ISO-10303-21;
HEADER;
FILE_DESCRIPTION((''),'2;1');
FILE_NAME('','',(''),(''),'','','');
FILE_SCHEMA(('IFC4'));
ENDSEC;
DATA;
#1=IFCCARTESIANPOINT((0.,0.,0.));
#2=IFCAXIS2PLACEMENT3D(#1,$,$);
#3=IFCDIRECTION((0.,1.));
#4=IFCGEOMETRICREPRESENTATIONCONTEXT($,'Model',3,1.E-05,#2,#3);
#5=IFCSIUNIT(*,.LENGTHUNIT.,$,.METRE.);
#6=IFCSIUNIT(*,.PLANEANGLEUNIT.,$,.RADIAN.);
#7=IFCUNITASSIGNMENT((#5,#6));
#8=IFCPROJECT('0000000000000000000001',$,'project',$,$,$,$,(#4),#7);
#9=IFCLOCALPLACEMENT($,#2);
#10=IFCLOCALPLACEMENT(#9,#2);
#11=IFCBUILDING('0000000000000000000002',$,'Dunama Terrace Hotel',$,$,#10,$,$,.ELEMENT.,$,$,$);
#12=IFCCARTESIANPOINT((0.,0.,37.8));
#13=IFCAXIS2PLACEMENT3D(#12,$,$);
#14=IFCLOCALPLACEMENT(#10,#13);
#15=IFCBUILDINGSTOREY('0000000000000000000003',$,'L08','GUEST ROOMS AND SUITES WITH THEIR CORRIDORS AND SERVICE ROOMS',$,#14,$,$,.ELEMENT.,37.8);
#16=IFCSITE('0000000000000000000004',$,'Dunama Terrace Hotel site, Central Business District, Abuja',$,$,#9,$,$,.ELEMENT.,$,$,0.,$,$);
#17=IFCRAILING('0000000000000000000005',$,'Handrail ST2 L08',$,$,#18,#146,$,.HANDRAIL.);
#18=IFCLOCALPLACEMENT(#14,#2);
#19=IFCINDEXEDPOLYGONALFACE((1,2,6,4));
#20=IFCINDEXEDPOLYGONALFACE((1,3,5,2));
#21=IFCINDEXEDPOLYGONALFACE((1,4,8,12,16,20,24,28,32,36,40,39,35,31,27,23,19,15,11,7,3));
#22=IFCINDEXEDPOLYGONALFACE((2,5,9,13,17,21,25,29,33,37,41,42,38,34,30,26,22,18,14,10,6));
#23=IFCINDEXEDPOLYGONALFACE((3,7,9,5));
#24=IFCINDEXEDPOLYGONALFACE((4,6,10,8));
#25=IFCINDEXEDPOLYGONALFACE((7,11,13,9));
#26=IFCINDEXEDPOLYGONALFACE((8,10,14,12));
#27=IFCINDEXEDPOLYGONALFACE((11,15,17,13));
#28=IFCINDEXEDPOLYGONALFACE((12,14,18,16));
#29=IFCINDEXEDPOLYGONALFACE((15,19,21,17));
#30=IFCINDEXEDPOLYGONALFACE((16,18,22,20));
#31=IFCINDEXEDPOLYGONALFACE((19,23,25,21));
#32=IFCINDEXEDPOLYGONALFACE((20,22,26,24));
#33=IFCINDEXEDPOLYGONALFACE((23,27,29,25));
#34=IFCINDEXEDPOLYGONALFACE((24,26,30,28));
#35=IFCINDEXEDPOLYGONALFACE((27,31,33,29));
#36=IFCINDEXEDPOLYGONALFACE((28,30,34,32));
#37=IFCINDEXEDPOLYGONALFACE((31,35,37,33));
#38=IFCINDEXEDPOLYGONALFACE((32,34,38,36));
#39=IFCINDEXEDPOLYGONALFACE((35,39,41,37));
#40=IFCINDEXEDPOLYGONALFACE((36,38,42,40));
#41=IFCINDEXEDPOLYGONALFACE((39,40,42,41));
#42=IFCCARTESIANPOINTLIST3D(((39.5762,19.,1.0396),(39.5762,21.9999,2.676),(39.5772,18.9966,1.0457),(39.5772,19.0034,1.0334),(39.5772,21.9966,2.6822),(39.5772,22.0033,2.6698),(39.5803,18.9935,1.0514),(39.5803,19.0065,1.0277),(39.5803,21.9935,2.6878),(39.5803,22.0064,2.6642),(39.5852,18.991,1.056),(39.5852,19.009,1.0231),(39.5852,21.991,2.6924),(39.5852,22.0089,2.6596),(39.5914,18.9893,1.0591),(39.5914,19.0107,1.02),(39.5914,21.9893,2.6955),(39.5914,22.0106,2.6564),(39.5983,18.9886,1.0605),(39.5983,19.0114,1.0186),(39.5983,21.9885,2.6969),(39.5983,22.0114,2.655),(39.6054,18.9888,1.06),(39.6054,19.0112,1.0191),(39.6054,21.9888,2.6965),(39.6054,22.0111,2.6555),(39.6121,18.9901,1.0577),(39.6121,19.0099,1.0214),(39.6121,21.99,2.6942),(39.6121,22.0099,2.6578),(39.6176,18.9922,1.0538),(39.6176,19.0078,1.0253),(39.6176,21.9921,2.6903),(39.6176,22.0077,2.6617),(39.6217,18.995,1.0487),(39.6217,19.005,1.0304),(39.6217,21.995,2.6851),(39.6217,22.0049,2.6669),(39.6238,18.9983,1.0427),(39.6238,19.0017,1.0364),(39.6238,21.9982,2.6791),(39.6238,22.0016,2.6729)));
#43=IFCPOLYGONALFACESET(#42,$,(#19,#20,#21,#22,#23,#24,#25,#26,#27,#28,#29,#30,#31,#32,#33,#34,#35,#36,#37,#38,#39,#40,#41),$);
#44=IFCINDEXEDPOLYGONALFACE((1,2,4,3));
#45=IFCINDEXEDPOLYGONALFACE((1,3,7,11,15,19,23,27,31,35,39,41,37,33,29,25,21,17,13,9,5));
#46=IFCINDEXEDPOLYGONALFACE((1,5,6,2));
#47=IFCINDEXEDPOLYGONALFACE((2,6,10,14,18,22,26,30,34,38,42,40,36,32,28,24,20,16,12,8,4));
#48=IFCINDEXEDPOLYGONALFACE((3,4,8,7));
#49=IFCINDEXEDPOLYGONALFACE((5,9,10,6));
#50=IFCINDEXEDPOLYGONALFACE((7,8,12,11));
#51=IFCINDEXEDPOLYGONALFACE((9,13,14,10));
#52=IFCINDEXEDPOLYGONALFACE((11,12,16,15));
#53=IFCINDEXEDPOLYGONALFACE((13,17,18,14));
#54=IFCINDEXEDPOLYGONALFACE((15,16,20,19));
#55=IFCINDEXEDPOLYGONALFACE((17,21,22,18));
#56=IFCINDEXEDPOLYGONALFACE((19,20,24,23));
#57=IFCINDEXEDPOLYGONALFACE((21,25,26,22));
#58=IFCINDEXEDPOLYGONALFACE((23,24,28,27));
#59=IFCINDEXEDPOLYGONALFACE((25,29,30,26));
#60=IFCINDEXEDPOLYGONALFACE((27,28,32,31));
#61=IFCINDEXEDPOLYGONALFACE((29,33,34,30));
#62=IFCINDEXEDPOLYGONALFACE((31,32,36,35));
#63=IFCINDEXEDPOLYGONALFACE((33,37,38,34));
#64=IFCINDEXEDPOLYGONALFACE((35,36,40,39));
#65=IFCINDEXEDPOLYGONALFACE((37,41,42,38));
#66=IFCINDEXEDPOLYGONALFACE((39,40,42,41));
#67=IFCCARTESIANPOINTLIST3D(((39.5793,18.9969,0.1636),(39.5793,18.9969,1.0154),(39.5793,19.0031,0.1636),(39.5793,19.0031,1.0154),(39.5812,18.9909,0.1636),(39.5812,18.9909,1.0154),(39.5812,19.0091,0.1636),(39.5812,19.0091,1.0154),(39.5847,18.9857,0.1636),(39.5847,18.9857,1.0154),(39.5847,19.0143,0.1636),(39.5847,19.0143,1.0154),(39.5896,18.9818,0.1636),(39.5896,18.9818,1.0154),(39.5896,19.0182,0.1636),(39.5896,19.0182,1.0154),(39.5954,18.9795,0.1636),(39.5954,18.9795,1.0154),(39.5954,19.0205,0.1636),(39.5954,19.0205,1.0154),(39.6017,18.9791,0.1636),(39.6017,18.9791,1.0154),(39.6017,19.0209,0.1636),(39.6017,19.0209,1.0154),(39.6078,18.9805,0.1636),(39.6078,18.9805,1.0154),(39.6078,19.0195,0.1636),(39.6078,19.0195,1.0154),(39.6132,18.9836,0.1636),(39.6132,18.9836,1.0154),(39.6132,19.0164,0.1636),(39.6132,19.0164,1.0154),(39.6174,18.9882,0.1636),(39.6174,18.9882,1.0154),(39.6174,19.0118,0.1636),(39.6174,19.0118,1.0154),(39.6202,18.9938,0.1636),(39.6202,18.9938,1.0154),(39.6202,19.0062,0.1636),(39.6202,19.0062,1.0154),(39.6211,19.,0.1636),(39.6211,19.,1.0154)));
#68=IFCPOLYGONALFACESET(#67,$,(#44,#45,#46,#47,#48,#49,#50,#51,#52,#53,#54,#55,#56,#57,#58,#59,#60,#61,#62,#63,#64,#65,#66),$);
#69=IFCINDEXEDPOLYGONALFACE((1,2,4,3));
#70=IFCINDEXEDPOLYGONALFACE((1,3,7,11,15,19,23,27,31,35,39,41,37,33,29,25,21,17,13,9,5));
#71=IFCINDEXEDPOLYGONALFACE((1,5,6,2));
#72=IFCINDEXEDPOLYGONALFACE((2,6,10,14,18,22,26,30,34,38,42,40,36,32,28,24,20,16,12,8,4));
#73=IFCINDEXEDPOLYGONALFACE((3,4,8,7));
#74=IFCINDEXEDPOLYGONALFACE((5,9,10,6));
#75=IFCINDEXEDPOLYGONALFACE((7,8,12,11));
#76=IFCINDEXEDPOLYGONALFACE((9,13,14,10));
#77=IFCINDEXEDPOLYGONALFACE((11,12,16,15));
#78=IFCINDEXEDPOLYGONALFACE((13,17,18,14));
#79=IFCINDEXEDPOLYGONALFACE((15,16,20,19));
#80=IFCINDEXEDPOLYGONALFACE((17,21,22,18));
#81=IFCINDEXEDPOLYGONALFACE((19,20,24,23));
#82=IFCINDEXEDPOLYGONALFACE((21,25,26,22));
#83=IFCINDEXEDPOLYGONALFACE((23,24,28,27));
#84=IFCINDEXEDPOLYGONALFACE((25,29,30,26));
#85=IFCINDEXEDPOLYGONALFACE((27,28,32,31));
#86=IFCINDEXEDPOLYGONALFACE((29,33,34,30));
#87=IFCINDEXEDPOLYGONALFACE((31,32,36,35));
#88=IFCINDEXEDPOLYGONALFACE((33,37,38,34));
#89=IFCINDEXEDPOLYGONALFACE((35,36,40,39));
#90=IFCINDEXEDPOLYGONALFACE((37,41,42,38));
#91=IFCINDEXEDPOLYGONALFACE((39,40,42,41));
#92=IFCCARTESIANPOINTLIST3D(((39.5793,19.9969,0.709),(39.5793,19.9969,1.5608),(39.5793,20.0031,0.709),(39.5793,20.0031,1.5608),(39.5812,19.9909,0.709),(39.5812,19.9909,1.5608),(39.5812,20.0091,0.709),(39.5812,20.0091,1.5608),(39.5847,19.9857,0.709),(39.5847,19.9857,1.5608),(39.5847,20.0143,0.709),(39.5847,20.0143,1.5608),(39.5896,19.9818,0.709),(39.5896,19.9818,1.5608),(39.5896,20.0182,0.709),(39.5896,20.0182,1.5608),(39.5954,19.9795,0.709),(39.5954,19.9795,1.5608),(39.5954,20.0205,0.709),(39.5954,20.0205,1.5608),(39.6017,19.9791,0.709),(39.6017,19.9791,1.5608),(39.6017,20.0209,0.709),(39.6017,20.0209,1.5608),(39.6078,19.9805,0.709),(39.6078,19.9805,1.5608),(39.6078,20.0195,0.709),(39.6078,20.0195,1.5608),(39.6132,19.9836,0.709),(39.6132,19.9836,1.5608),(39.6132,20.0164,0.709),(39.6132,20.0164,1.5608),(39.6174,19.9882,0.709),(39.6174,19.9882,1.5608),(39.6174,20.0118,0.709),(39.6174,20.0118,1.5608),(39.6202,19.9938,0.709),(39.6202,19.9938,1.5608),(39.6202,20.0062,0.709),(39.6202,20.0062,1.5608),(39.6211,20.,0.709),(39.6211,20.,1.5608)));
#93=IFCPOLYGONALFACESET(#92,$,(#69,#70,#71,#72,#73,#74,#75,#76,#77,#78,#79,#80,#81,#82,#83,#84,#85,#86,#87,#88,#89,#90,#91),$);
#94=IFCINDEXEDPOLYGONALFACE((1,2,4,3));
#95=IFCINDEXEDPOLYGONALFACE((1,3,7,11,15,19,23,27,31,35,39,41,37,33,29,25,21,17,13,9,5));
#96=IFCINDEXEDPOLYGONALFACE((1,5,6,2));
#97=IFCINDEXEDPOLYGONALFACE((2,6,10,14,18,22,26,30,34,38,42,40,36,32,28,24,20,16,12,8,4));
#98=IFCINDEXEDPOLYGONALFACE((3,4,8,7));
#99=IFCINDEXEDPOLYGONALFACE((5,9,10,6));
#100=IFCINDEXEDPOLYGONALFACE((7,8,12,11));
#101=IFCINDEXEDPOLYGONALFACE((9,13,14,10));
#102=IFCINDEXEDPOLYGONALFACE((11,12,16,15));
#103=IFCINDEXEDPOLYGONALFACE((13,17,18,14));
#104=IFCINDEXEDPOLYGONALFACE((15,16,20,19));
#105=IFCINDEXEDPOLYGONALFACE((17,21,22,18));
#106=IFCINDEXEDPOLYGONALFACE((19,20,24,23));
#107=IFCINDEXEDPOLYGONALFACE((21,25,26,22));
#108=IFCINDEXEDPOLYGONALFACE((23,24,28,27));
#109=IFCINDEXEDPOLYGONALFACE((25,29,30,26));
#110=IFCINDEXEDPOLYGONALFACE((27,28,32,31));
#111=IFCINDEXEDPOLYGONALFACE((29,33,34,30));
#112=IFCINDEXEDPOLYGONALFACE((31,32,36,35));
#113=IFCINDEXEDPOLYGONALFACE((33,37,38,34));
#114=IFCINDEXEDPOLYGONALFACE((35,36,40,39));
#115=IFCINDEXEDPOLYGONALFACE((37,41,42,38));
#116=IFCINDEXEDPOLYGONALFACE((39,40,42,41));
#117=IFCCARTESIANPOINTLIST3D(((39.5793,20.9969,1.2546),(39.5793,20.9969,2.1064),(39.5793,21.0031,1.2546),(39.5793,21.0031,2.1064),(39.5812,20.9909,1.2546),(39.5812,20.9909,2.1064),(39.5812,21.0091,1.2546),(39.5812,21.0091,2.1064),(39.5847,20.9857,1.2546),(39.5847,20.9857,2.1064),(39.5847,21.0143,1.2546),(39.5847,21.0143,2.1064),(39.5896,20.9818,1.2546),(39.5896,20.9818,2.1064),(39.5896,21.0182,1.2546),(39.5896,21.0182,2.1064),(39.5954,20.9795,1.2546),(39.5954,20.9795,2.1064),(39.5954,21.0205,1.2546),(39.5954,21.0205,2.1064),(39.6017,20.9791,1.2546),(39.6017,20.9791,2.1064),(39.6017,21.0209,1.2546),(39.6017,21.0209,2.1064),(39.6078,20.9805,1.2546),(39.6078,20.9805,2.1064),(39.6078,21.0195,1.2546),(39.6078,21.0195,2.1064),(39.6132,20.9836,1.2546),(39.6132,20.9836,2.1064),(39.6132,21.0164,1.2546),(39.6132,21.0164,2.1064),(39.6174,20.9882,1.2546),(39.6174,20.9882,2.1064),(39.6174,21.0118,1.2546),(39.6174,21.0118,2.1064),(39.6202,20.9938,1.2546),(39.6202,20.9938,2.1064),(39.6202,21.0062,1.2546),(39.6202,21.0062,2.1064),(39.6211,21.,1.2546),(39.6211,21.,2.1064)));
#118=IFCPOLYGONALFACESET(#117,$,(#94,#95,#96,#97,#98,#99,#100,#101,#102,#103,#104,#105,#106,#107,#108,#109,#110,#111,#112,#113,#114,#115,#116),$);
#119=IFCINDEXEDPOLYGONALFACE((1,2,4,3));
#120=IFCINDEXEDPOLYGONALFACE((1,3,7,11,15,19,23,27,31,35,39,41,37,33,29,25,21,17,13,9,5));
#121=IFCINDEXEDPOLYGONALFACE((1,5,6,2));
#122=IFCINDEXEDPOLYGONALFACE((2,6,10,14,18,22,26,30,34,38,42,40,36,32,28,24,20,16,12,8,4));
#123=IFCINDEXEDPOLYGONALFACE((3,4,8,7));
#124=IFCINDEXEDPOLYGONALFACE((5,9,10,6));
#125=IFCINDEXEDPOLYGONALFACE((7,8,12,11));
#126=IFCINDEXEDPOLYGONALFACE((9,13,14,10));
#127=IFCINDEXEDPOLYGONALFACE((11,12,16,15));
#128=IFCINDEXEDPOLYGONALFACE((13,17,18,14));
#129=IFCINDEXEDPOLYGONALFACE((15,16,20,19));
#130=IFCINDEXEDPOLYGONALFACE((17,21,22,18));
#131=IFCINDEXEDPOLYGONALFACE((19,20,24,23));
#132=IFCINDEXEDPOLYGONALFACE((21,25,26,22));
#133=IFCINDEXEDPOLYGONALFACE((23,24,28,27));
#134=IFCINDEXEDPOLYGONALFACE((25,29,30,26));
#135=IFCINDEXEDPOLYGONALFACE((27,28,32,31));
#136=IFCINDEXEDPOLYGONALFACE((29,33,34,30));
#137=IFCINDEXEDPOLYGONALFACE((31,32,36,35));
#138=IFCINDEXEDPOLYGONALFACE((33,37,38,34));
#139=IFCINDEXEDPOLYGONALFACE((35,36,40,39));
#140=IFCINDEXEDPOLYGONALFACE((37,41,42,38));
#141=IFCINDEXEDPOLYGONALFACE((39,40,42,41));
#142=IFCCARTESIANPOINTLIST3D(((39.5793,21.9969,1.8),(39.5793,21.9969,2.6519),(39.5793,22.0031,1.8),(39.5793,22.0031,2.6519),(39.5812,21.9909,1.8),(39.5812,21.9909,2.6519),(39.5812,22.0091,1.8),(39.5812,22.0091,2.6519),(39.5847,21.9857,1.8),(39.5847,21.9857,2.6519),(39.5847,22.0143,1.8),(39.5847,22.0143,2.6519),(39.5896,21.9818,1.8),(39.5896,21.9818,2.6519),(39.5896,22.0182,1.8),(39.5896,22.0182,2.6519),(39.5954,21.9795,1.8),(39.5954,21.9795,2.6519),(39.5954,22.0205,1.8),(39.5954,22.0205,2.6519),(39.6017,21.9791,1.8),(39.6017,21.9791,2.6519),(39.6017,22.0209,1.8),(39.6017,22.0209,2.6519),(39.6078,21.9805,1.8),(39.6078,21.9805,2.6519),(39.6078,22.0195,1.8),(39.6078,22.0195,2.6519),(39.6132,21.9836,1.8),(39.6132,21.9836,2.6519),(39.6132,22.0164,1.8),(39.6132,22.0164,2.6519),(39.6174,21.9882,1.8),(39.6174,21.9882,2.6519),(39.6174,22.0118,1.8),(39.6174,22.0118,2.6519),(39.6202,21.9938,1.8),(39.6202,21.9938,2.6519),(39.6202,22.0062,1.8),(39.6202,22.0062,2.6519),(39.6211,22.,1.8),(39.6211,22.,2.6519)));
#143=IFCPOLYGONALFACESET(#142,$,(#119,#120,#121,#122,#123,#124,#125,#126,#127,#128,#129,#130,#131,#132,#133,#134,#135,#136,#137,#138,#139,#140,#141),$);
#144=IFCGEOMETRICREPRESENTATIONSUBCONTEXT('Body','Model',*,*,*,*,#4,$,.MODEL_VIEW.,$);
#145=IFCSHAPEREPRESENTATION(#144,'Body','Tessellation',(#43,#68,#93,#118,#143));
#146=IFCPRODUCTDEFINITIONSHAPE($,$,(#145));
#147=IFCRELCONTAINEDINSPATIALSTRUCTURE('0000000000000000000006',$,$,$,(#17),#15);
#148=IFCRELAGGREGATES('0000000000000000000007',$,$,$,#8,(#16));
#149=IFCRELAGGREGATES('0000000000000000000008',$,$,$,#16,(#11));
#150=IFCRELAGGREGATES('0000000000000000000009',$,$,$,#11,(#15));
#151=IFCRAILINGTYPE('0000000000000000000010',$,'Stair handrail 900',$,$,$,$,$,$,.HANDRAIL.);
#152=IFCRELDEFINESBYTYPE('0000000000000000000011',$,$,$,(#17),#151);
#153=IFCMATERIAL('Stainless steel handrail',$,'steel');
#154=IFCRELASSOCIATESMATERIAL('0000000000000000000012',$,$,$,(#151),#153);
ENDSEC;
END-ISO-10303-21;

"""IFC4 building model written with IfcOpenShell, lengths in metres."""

from ifc_helpers import new_model, si_unit, direction, frame, origin, origin_2d, place, context, subcontext, project, spatial, circle, extrude, material, type_object, element, save


model = new_model("IFC4")

# Units and contexts
model_context = context("Model", 3, precision=1e-05, world=origin(), true_north=direction((0.0, 1.0)))
body_context = subcontext(model_context, "Body", "Model", "MODEL_VIEW")
ifc_project = project(units=[si_unit("LENGTHUNIT", "METRE"), si_unit("PLANEANGLEUNIT", "RADIAN")], contexts=[model_context])

# Site, building, storey
site_placement = place(None, origin())
site = spatial("IfcSite", under=ifc_project, at=site_placement, Name="Dunama Terrace Hotel site, Central Business District, Abuja", CompositionType="ELEMENT", RefElevation=0.0)
building_placement = place(site_placement, origin())
building = spatial("IfcBuilding", under=site, at=building_placement, Name="Dunama Terrace Hotel", CompositionType="ELEMENT")
storey_placement = place(building_placement, frame((0.0, 0.0, 37.8)))
storey = spatial("IfcBuildingStorey", under=building, at=storey_placement, Name="L08", Description="GUEST ROOMS AND SUITES WITH THEIR CORRIDORS AND SERVICE ROOMS", CompositionType="ELEMENT", Elevation=37.8)

# Railing
ifc_material_1 = material(Name="Stainless steel handrail", Category="steel")
railing_type = type_object("IfcRailingType", Name="Stair handrail 900", PredefinedType="HANDRAIL", material=ifc_material_1)
railing_1_placement = place(storey_placement, frame((39.6001, 19.0, 0.1636)))
element("IfcRailing", 1, at=railing_1_placement, inside=storey, type_object=railing_type, Name="Handrail ST2 L08", PredefinedType="HANDRAIL", context=body_context, shape_type="SweptSolid", body=[
    extrude(circle(Radius=0.0239, at=origin_2d()), frame((0.0, 0.0, 0.876), z_axis=(0.0, 0.877882, 0.478877), x_axis=(-1.0, 0.0, 0.0)), (0.0, 0.0, 1.0), 3.4172),
    extrude(circle(Radius=0.021, at=origin_2d()), origin(), (0.0, 0.0, 1.0), 0.8518),
    extrude(circle(Radius=0.021, at=origin_2d()), frame((0.0, 1.0, 0.5454)), (0.0, 0.0, 1.0), 0.8518),
    extrude(circle(Radius=0.021, at=origin_2d()), frame((0.0, 2.0, 1.0911)), (0.0, 0.0, 1.0), 0.8518),
    extrude(circle(Radius=0.021, at=origin_2d()), frame((0.0, 3.0, 1.6365)), (0.0, 0.0, 1.0), 0.8518),
])

save(model, "model.ifc")
